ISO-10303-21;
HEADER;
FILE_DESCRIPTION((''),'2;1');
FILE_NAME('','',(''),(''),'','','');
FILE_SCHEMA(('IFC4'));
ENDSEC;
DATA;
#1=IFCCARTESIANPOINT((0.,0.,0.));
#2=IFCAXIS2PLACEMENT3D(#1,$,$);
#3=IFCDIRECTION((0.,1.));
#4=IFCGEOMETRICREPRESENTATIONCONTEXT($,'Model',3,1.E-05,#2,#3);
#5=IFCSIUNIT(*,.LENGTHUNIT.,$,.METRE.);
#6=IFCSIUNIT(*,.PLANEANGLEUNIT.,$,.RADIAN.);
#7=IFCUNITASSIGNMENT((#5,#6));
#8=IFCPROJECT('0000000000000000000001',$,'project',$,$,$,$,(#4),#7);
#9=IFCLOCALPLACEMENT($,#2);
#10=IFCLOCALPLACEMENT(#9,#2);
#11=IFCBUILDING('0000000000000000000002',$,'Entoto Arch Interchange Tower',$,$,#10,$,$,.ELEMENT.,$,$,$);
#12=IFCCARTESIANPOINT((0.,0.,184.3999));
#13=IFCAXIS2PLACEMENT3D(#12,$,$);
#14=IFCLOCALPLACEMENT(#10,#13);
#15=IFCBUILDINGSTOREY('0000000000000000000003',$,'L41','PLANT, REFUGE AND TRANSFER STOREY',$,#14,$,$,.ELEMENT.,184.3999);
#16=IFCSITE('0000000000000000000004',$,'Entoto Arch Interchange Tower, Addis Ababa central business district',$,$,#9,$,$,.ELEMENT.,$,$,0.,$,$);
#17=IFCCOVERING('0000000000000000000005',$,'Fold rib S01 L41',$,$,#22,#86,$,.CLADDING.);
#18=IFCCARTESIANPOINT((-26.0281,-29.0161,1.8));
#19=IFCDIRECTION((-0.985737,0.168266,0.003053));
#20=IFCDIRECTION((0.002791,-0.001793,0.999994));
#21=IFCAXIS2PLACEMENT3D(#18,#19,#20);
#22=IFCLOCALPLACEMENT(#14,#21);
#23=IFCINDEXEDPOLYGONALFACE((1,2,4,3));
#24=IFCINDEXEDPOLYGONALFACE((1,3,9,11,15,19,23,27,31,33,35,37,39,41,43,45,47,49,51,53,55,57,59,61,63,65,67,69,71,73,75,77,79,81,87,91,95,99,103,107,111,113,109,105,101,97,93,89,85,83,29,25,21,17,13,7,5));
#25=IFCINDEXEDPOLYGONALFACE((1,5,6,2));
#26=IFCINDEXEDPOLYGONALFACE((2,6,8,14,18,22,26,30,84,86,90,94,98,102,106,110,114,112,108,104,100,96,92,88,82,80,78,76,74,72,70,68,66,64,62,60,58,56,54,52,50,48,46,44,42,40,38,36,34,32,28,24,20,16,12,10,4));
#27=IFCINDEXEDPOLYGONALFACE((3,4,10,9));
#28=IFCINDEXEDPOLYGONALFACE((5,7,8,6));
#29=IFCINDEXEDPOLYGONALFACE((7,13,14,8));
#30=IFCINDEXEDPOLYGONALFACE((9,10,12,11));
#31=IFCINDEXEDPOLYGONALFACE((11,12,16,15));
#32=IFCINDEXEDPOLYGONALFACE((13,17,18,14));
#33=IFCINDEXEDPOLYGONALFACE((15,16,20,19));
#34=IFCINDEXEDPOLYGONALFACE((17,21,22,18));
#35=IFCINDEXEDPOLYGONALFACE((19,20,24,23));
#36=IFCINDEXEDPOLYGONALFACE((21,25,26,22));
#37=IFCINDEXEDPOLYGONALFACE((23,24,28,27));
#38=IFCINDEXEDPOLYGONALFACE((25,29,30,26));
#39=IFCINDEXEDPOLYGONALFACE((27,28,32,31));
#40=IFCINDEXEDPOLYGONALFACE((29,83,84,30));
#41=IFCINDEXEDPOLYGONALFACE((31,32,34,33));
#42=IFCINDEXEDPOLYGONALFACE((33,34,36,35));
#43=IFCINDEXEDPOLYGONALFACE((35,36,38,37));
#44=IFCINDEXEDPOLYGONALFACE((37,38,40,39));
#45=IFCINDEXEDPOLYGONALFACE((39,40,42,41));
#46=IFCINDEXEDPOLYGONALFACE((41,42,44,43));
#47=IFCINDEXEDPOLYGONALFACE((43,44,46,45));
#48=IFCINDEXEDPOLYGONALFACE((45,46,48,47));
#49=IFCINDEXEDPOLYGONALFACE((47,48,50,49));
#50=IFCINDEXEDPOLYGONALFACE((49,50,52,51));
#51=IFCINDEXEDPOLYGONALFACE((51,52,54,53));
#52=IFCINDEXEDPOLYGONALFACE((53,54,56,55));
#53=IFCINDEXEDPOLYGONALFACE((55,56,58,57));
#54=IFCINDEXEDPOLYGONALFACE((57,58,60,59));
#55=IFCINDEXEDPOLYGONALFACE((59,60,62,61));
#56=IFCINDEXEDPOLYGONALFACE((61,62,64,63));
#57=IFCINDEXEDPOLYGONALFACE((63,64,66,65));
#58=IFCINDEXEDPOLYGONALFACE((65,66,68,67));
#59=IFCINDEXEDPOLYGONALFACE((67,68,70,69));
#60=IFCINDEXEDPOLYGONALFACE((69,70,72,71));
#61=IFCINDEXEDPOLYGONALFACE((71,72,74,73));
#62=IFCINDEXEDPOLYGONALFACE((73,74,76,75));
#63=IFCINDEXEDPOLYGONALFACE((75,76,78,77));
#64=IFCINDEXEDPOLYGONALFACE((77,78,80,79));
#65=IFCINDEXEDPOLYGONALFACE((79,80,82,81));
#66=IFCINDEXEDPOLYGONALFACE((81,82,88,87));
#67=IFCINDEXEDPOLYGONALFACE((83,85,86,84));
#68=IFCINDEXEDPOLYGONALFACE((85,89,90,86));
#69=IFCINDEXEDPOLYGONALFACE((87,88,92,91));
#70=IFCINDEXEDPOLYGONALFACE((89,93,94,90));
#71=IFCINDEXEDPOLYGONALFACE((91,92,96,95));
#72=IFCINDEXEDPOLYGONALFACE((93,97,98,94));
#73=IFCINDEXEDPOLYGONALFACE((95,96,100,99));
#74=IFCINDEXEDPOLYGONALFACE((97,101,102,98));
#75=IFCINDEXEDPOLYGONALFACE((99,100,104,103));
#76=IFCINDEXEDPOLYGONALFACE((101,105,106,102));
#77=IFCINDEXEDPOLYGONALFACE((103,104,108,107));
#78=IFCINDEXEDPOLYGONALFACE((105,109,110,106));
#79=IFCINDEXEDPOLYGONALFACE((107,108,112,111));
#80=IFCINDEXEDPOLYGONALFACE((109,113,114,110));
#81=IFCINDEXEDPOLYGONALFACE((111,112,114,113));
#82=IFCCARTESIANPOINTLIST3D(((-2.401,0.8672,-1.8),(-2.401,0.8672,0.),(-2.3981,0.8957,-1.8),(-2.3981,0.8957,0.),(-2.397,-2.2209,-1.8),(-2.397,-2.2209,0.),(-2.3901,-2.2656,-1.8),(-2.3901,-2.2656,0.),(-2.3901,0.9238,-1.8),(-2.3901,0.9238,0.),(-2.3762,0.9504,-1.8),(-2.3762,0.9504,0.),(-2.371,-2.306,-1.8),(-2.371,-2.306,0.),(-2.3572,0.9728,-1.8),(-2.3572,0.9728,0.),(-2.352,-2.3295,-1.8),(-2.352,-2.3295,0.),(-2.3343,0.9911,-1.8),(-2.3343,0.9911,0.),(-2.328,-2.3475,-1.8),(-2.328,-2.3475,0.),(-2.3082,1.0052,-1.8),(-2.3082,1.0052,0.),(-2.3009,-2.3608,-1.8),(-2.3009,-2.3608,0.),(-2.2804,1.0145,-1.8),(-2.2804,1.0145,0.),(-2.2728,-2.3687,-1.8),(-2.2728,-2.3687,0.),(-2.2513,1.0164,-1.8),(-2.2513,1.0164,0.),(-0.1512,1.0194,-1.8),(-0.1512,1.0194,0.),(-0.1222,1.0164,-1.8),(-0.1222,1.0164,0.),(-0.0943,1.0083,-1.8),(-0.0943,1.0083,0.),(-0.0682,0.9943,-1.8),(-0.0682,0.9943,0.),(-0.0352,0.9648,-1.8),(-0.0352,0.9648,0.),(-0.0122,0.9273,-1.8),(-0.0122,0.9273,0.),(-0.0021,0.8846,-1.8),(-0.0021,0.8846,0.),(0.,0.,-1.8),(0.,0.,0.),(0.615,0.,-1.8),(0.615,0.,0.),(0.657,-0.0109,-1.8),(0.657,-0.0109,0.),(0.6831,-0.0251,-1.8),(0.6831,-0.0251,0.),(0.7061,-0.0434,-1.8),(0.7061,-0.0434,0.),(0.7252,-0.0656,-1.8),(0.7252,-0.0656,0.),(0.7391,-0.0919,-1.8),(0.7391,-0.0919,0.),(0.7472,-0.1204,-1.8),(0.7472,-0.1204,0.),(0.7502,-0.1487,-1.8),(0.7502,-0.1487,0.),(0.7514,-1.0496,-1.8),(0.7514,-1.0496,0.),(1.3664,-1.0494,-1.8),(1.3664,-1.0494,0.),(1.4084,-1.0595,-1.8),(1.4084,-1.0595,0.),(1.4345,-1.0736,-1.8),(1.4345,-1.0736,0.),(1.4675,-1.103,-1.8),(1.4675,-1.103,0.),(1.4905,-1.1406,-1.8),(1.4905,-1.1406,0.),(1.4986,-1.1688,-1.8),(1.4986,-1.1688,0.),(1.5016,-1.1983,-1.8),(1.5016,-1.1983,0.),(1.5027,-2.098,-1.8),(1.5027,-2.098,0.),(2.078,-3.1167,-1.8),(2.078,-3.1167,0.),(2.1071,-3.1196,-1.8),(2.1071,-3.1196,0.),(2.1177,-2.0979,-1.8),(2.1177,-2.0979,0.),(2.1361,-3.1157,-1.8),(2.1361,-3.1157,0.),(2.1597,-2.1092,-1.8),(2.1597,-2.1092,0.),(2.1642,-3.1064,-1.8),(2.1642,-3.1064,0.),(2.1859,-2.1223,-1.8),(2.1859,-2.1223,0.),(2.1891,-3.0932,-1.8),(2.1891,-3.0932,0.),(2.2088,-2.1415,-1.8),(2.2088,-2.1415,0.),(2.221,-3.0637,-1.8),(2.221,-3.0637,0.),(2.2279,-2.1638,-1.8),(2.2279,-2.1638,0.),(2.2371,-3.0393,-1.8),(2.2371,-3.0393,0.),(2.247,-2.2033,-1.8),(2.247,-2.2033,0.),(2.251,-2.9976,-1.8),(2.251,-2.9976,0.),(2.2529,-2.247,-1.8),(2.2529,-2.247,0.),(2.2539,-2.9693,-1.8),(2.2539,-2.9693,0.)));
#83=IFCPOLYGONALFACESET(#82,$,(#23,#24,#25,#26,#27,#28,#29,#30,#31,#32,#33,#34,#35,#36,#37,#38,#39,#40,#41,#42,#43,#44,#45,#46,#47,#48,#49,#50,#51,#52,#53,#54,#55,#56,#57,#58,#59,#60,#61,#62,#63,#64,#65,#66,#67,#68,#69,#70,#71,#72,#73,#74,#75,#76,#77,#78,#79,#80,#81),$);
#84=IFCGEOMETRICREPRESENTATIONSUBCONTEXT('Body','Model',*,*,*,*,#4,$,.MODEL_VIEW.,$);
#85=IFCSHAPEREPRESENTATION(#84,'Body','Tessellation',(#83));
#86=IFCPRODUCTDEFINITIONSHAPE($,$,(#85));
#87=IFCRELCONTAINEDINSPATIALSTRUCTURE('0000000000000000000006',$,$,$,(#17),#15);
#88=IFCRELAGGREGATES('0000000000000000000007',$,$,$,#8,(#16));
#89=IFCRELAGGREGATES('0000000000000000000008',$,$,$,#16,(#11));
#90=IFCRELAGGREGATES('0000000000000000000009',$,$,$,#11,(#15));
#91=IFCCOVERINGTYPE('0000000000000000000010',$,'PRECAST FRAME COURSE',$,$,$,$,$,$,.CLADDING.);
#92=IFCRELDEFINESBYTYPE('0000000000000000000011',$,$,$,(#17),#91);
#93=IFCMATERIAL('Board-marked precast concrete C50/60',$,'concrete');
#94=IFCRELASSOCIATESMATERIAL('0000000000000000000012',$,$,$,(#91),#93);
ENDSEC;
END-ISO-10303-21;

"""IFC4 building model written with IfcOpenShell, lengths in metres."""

from ifc_helpers import new_model, si_unit, direction, frame, origin, place, context, subcontext, project, spatial, polyline, outline, extrude, material, type_object, element, save


model = new_model("IFC4")

# Units and contexts
model_context = context("Model", 3, precision=1e-05, world=origin(), true_north=direction((0.0, 1.0)))
body_context = subcontext(model_context, "Body", "Model", "MODEL_VIEW")
ifc_project = project(units=[si_unit("LENGTHUNIT", "METRE"), si_unit("PLANEANGLEUNIT", "RADIAN")], contexts=[model_context])

# Site, building, storey
site_placement = place(None, origin())
site = spatial("IfcSite", under=ifc_project, at=site_placement, Name="Entoto Arch Interchange Tower, Addis Ababa central business district", CompositionType="ELEMENT", RefElevation=0.0)
building_placement = place(site_placement, origin())
building = spatial("IfcBuilding", under=site, at=building_placement, Name="Entoto Arch Interchange Tower", CompositionType="ELEMENT")
storey_placement = place(building_placement, frame((0.0, 0.0, 184.3999)))
storey = spatial("IfcBuildingStorey", under=building, at=storey_placement, Name="L41", Description="PLANT, REFUGE AND TRANSFER STOREY", CompositionType="ELEMENT", Elevation=184.3999)

# Shared definitions
ifc_material_1 = material(Name="Board-marked precast concrete C50/60", Category="concrete")

# Covering
covering_type = type_object("IfcCoveringType", Name="PRECAST FRAME COURSE", PredefinedType="CLADDING", material=ifc_material_1)
covering_placement = place(storey_placement, frame((-26.0281, -29.0161, 1.8), z_axis=(-0.985737, 0.168266, 0.003053), x_axis=(0.002791, -0.001793, 0.999994)))
element("IfcCovering", 1, at=covering_placement, inside=storey, type_object=covering_type, Name="Fold rib S01 L41", PredefinedType="CLADDING", context=body_context, shape_type="SweptSolid", body=[
    extrude(outline(polyline([(0.0, 0.0), (0.615, 0.0), (0.657, -0.0109), (0.6831, -0.0251), (0.7061, -0.0434), (0.7252, -0.0656), (0.7391, -0.0919), (0.7472, -0.1204), (0.7502, -0.1487), (0.7514, -1.0496), (1.3664, -1.0494), (1.4084, -1.0595), (1.4345, -1.0736), (1.4675, -1.103), (1.4905, -1.1406), (1.4986, -1.1688), (1.5016, -1.1983), (1.5027, -2.098), (2.1177, -2.0979), (2.1597, -2.1092), (2.1859, -2.1223), (2.2088, -2.1415), (2.2279, -2.1638), (2.247, -2.2033), (2.2529, -2.247), (2.2539, -2.9693), (2.251, -2.9976), (2.2371, -3.0393), (2.221, -3.0637), (2.1891, -3.0932), (2.1642, -3.1064), (2.1361, -3.1157), (2.1071, -3.1196), (2.078, -3.1167), (-2.2728, -2.3687), (-2.3009, -2.3608), (-2.328, -2.3475), (-2.352, -2.3295), (-2.371, -2.306), (-2.3901, -2.2656), (-2.397, -2.2209), (-2.401, 0.8672), (-2.3981, 0.8957), (-2.3901, 0.9238), (-2.3762, 0.9504), (-2.3572, 0.9728), (-2.3343, 0.9911), (-2.3082, 1.0052), (-2.2804, 1.0145), (-2.2513, 1.0164), (-0.1512, 1.0194), (-0.1222, 1.0164), (-0.0943, 1.0083), (-0.0682, 0.9943), (-0.0352, 0.9648), (-0.0122, 0.9273), (-0.0021, 0.8846), (0.0, 0.0)])), origin(), (0.0, 0.0, -1.0), 1.8),
])

save(model, "model.ifc")
